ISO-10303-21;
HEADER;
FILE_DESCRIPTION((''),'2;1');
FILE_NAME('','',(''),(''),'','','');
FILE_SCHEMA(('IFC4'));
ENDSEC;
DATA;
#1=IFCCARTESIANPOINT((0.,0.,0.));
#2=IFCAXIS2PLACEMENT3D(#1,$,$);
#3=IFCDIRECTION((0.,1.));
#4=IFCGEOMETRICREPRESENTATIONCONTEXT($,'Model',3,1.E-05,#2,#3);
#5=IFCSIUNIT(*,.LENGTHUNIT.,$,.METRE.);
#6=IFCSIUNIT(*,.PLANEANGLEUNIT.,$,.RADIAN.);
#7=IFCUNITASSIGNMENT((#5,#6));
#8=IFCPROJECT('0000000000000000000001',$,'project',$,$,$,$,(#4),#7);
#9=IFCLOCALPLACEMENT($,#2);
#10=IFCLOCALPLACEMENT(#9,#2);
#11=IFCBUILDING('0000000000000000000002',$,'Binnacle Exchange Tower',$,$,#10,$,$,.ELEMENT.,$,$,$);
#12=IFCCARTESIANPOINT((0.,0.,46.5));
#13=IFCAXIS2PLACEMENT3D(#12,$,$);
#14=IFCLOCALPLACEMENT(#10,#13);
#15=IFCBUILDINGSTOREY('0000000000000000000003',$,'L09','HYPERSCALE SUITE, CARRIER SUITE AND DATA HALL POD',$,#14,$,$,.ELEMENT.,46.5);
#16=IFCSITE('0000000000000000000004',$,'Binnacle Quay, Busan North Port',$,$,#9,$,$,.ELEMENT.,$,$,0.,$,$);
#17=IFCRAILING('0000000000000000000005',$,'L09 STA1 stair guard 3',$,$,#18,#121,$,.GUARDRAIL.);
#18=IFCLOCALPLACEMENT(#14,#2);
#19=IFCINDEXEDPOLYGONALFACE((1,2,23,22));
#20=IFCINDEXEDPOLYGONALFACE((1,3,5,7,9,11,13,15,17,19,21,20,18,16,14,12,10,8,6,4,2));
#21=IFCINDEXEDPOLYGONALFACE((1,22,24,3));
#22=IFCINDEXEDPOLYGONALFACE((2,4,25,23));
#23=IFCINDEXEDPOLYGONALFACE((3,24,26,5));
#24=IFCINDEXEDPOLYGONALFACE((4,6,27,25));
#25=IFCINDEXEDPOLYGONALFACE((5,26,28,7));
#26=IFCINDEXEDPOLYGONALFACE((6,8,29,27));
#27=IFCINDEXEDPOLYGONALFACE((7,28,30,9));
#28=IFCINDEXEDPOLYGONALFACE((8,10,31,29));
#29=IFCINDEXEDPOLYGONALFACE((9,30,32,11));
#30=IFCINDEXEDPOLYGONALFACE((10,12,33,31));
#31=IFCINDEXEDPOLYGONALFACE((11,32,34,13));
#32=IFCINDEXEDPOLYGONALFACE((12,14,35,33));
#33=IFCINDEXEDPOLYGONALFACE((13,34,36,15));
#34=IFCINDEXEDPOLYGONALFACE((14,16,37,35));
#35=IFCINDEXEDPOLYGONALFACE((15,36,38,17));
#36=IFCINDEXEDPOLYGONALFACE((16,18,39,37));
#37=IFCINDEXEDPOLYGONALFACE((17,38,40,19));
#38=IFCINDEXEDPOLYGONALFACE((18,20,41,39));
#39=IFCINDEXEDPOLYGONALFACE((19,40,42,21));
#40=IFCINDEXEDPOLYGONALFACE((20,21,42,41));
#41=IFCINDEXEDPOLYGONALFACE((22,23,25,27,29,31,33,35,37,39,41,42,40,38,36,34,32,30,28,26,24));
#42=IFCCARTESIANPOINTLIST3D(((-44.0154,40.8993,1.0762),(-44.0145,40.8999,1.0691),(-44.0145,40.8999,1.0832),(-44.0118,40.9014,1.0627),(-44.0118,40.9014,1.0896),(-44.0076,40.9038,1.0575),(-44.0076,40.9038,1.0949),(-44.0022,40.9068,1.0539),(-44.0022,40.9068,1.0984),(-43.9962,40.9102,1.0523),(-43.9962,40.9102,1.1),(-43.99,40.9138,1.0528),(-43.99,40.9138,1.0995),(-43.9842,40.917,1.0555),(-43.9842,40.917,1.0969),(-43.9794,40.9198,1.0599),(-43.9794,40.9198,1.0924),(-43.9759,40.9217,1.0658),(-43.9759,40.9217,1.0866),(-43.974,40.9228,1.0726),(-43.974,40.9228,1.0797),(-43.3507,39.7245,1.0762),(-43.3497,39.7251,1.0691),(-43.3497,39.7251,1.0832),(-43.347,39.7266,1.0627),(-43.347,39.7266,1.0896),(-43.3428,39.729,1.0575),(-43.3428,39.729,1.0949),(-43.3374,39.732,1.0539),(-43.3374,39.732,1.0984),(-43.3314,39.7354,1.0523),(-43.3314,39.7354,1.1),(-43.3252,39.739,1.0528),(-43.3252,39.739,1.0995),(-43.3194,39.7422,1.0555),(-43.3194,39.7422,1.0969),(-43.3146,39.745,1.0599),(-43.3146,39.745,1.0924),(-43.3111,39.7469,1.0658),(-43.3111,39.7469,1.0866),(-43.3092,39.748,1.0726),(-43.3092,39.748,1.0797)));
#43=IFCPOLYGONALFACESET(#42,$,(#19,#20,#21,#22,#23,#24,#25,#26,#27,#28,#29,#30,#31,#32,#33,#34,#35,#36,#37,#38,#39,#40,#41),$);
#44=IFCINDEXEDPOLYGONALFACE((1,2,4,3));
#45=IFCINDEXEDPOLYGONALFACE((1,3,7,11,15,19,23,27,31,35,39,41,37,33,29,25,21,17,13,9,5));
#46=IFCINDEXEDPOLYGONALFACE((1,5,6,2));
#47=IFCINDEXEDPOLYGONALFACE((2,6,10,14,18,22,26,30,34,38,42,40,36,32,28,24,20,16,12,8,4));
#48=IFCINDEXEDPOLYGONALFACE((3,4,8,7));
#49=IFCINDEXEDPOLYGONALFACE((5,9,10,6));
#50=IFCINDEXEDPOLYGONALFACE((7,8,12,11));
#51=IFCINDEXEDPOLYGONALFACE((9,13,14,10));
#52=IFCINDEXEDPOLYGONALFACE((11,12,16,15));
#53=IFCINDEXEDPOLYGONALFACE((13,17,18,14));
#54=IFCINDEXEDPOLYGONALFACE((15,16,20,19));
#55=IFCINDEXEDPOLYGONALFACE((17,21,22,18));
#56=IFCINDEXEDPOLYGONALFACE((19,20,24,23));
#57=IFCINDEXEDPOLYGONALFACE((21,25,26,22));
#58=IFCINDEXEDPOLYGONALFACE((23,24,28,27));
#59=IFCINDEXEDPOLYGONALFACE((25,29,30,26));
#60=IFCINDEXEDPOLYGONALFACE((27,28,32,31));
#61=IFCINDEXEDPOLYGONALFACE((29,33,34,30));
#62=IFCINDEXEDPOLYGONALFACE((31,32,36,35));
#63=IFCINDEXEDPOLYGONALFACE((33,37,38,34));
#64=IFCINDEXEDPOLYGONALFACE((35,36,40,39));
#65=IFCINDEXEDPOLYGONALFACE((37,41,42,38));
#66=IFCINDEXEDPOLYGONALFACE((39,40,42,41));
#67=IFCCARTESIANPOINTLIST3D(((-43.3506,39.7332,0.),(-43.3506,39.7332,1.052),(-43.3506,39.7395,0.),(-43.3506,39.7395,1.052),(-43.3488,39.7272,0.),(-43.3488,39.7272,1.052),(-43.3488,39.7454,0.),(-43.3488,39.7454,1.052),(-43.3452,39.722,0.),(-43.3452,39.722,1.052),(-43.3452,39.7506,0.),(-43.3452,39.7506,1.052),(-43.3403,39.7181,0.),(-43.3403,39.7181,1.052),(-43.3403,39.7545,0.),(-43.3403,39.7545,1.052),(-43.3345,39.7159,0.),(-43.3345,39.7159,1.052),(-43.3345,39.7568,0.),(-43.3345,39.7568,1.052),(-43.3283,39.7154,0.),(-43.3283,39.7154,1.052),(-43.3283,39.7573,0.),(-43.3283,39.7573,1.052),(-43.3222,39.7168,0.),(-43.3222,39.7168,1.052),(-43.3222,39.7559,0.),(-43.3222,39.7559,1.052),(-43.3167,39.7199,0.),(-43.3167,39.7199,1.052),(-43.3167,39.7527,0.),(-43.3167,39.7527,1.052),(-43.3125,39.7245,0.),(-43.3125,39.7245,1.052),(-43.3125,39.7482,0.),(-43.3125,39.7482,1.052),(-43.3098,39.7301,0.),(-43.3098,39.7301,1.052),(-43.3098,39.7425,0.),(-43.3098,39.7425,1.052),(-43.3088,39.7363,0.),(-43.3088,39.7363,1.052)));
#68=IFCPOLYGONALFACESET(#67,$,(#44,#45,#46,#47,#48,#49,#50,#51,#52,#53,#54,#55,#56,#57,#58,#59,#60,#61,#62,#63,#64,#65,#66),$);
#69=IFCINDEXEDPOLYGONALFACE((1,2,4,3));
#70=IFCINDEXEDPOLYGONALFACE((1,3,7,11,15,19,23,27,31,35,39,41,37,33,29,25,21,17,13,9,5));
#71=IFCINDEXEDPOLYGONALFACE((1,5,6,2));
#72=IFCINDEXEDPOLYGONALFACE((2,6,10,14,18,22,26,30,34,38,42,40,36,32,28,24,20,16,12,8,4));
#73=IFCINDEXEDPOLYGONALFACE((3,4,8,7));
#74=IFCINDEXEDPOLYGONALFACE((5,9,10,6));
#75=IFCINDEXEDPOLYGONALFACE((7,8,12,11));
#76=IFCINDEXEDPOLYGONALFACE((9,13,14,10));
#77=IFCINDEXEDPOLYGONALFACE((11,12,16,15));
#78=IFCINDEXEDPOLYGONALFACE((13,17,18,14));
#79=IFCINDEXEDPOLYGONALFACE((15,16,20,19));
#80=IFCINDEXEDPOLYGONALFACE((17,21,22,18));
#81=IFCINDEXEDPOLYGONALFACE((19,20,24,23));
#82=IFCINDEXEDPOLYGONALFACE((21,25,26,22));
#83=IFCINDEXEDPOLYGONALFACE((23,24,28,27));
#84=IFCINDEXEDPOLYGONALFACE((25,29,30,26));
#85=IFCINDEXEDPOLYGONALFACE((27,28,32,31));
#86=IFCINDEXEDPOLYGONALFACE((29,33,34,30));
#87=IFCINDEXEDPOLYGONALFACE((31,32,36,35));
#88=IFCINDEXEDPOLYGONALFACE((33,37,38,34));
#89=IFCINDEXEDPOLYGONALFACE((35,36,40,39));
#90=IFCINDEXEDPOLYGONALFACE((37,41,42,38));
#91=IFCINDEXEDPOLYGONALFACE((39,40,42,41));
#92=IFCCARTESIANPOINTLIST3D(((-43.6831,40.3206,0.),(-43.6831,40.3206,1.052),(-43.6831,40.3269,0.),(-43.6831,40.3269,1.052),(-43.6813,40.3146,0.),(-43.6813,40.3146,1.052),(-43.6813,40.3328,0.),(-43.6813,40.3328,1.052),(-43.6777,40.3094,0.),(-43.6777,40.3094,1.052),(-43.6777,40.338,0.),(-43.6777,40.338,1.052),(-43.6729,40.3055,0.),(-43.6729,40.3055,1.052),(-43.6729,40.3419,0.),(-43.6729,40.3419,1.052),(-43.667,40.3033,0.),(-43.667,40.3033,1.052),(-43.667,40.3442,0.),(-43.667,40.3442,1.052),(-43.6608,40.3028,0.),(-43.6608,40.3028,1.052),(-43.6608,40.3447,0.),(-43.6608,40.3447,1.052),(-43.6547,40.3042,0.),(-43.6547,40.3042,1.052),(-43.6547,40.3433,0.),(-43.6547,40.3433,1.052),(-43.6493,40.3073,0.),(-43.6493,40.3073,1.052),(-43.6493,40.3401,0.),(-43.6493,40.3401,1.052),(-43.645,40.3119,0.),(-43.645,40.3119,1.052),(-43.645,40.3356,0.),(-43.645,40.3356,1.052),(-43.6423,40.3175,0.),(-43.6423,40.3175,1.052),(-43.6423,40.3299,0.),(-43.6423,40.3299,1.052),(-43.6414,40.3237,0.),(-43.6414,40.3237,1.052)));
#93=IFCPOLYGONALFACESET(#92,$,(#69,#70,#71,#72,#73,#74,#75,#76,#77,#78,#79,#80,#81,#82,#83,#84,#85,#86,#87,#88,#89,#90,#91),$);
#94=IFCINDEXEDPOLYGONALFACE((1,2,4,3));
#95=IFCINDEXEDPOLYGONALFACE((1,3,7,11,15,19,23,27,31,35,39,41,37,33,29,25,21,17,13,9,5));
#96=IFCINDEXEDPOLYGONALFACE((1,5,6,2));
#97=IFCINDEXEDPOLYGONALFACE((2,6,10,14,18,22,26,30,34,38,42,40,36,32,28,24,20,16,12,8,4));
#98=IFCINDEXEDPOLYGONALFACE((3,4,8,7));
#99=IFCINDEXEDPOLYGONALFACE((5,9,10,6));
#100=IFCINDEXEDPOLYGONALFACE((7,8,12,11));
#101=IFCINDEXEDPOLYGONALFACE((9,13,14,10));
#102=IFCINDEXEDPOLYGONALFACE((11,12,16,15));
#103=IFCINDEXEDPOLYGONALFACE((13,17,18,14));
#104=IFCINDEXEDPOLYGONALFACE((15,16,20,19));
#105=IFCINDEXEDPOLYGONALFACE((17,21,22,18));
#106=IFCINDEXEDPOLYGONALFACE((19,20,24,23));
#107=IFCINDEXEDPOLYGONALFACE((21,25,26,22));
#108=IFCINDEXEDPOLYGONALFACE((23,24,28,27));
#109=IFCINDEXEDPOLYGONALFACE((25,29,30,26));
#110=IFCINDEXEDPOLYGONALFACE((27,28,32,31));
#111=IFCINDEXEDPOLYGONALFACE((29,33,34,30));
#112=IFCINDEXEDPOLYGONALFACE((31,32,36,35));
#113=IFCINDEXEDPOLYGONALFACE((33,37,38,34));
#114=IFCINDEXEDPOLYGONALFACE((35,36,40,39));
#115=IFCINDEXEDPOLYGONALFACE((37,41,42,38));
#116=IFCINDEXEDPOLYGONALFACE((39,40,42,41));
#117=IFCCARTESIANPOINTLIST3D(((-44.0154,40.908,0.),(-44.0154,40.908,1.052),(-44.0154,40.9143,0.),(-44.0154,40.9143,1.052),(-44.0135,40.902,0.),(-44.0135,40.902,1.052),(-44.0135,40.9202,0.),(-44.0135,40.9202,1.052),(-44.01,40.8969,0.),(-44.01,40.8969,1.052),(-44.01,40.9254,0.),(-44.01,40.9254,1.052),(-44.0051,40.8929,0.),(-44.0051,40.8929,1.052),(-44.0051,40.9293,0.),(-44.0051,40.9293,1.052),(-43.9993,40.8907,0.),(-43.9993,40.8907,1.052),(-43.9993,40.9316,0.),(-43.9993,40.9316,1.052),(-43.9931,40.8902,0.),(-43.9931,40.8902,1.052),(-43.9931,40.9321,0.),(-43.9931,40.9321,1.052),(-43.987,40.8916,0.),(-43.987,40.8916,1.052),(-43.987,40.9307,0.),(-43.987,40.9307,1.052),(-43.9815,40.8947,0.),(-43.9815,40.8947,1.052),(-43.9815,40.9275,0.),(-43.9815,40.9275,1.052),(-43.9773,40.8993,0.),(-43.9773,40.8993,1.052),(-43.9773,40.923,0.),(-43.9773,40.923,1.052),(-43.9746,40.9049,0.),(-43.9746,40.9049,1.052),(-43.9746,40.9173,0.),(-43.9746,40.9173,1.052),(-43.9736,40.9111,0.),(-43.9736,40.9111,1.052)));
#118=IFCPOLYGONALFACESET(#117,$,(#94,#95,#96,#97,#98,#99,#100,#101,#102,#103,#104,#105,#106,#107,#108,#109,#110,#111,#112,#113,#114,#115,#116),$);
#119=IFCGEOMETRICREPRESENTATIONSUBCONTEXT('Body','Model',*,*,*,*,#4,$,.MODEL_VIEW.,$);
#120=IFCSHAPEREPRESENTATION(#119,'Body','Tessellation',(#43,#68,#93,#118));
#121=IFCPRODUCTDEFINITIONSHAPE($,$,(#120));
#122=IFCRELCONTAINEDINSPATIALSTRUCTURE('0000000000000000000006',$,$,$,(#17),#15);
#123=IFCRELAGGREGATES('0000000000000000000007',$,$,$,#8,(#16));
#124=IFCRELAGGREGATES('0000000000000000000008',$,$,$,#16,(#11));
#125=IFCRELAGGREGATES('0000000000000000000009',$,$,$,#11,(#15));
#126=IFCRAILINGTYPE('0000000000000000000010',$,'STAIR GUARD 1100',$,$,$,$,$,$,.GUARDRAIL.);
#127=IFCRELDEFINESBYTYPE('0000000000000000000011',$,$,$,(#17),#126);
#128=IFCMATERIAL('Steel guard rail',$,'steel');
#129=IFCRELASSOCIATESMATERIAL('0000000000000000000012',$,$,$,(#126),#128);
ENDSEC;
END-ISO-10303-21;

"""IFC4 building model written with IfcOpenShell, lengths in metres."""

from ifc_helpers import new_model, si_unit, direction, frame, origin, origin_2d, place, context, subcontext, project, spatial, circle, extrude, material, type_object, element, save


model = new_model("IFC4")

# Units and contexts
model_context = context("Model", 3, precision=1e-05, world=origin(), true_north=direction((0.0, 1.0)))
body_context = subcontext(model_context, "Body", "Model", "MODEL_VIEW")
ifc_project = project(units=[si_unit("LENGTHUNIT", "METRE"), si_unit("PLANEANGLEUNIT", "RADIAN")], contexts=[model_context])

# Site, building, storey
site_placement = place(None, origin())
site = spatial("IfcSite", under=ifc_project, at=site_placement, Name="Binnacle Quay, Busan North Port", CompositionType="ELEMENT", RefElevation=0.0)
building_placement = place(site_placement, origin())
building = spatial("IfcBuilding", under=site, at=building_placement, Name="Binnacle Exchange Tower", CompositionType="ELEMENT")
storey_placement = place(building_placement, frame((0.0, 0.0, 46.5)))
storey = spatial("IfcBuildingStorey", under=building, at=storey_placement, Name="L09", Description="HYPERSCALE SUITE, CARRIER SUITE AND DATA HALL POD", CompositionType="ELEMENT", Elevation=46.5)

# Railing
ifc_material_1 = material(Name="Steel guard rail", Category="steel")
railing_type = type_object("IfcRailingType", Name="STAIR GUARD 1100", PredefinedType="GUARDRAIL", material=ifc_material_1)
railing_1_placement = place(storey_placement, frame((-43.3298, 39.7363, 0.0)))
element("IfcRailing", 1, at=railing_1_placement, inside=storey, type_object=railing_type, Name="L09 STA1 stair guard 3", PredefinedType="GUARDRAIL", context=body_context, shape_type="SweptSolid", body=[
    extrude(circle(Radius=0.0239, at=origin_2d()), frame((0.0, 0.0, 1.0762), z_axis=(-0.492492, 0.870317, 0.0), x_axis=(-0.870317, -0.492492, 0.0)), (0.0, 0.0, 1.0), 1.3499),
    extrude(circle(Radius=0.021, at=origin_2d()), origin(), (0.0, 0.0, 1.0), 1.052),
    extrude(circle(Radius=0.021, at=origin_2d()), frame((-0.3325, 0.5874, 0.0)), (0.0, 0.0, 1.0), 1.052),
    extrude(circle(Radius=0.021, at=origin_2d()), frame((-0.6648, 1.1748, 0.0)), (0.0, 0.0, 1.0), 1.052),
])

save(model, "model.ifc")
